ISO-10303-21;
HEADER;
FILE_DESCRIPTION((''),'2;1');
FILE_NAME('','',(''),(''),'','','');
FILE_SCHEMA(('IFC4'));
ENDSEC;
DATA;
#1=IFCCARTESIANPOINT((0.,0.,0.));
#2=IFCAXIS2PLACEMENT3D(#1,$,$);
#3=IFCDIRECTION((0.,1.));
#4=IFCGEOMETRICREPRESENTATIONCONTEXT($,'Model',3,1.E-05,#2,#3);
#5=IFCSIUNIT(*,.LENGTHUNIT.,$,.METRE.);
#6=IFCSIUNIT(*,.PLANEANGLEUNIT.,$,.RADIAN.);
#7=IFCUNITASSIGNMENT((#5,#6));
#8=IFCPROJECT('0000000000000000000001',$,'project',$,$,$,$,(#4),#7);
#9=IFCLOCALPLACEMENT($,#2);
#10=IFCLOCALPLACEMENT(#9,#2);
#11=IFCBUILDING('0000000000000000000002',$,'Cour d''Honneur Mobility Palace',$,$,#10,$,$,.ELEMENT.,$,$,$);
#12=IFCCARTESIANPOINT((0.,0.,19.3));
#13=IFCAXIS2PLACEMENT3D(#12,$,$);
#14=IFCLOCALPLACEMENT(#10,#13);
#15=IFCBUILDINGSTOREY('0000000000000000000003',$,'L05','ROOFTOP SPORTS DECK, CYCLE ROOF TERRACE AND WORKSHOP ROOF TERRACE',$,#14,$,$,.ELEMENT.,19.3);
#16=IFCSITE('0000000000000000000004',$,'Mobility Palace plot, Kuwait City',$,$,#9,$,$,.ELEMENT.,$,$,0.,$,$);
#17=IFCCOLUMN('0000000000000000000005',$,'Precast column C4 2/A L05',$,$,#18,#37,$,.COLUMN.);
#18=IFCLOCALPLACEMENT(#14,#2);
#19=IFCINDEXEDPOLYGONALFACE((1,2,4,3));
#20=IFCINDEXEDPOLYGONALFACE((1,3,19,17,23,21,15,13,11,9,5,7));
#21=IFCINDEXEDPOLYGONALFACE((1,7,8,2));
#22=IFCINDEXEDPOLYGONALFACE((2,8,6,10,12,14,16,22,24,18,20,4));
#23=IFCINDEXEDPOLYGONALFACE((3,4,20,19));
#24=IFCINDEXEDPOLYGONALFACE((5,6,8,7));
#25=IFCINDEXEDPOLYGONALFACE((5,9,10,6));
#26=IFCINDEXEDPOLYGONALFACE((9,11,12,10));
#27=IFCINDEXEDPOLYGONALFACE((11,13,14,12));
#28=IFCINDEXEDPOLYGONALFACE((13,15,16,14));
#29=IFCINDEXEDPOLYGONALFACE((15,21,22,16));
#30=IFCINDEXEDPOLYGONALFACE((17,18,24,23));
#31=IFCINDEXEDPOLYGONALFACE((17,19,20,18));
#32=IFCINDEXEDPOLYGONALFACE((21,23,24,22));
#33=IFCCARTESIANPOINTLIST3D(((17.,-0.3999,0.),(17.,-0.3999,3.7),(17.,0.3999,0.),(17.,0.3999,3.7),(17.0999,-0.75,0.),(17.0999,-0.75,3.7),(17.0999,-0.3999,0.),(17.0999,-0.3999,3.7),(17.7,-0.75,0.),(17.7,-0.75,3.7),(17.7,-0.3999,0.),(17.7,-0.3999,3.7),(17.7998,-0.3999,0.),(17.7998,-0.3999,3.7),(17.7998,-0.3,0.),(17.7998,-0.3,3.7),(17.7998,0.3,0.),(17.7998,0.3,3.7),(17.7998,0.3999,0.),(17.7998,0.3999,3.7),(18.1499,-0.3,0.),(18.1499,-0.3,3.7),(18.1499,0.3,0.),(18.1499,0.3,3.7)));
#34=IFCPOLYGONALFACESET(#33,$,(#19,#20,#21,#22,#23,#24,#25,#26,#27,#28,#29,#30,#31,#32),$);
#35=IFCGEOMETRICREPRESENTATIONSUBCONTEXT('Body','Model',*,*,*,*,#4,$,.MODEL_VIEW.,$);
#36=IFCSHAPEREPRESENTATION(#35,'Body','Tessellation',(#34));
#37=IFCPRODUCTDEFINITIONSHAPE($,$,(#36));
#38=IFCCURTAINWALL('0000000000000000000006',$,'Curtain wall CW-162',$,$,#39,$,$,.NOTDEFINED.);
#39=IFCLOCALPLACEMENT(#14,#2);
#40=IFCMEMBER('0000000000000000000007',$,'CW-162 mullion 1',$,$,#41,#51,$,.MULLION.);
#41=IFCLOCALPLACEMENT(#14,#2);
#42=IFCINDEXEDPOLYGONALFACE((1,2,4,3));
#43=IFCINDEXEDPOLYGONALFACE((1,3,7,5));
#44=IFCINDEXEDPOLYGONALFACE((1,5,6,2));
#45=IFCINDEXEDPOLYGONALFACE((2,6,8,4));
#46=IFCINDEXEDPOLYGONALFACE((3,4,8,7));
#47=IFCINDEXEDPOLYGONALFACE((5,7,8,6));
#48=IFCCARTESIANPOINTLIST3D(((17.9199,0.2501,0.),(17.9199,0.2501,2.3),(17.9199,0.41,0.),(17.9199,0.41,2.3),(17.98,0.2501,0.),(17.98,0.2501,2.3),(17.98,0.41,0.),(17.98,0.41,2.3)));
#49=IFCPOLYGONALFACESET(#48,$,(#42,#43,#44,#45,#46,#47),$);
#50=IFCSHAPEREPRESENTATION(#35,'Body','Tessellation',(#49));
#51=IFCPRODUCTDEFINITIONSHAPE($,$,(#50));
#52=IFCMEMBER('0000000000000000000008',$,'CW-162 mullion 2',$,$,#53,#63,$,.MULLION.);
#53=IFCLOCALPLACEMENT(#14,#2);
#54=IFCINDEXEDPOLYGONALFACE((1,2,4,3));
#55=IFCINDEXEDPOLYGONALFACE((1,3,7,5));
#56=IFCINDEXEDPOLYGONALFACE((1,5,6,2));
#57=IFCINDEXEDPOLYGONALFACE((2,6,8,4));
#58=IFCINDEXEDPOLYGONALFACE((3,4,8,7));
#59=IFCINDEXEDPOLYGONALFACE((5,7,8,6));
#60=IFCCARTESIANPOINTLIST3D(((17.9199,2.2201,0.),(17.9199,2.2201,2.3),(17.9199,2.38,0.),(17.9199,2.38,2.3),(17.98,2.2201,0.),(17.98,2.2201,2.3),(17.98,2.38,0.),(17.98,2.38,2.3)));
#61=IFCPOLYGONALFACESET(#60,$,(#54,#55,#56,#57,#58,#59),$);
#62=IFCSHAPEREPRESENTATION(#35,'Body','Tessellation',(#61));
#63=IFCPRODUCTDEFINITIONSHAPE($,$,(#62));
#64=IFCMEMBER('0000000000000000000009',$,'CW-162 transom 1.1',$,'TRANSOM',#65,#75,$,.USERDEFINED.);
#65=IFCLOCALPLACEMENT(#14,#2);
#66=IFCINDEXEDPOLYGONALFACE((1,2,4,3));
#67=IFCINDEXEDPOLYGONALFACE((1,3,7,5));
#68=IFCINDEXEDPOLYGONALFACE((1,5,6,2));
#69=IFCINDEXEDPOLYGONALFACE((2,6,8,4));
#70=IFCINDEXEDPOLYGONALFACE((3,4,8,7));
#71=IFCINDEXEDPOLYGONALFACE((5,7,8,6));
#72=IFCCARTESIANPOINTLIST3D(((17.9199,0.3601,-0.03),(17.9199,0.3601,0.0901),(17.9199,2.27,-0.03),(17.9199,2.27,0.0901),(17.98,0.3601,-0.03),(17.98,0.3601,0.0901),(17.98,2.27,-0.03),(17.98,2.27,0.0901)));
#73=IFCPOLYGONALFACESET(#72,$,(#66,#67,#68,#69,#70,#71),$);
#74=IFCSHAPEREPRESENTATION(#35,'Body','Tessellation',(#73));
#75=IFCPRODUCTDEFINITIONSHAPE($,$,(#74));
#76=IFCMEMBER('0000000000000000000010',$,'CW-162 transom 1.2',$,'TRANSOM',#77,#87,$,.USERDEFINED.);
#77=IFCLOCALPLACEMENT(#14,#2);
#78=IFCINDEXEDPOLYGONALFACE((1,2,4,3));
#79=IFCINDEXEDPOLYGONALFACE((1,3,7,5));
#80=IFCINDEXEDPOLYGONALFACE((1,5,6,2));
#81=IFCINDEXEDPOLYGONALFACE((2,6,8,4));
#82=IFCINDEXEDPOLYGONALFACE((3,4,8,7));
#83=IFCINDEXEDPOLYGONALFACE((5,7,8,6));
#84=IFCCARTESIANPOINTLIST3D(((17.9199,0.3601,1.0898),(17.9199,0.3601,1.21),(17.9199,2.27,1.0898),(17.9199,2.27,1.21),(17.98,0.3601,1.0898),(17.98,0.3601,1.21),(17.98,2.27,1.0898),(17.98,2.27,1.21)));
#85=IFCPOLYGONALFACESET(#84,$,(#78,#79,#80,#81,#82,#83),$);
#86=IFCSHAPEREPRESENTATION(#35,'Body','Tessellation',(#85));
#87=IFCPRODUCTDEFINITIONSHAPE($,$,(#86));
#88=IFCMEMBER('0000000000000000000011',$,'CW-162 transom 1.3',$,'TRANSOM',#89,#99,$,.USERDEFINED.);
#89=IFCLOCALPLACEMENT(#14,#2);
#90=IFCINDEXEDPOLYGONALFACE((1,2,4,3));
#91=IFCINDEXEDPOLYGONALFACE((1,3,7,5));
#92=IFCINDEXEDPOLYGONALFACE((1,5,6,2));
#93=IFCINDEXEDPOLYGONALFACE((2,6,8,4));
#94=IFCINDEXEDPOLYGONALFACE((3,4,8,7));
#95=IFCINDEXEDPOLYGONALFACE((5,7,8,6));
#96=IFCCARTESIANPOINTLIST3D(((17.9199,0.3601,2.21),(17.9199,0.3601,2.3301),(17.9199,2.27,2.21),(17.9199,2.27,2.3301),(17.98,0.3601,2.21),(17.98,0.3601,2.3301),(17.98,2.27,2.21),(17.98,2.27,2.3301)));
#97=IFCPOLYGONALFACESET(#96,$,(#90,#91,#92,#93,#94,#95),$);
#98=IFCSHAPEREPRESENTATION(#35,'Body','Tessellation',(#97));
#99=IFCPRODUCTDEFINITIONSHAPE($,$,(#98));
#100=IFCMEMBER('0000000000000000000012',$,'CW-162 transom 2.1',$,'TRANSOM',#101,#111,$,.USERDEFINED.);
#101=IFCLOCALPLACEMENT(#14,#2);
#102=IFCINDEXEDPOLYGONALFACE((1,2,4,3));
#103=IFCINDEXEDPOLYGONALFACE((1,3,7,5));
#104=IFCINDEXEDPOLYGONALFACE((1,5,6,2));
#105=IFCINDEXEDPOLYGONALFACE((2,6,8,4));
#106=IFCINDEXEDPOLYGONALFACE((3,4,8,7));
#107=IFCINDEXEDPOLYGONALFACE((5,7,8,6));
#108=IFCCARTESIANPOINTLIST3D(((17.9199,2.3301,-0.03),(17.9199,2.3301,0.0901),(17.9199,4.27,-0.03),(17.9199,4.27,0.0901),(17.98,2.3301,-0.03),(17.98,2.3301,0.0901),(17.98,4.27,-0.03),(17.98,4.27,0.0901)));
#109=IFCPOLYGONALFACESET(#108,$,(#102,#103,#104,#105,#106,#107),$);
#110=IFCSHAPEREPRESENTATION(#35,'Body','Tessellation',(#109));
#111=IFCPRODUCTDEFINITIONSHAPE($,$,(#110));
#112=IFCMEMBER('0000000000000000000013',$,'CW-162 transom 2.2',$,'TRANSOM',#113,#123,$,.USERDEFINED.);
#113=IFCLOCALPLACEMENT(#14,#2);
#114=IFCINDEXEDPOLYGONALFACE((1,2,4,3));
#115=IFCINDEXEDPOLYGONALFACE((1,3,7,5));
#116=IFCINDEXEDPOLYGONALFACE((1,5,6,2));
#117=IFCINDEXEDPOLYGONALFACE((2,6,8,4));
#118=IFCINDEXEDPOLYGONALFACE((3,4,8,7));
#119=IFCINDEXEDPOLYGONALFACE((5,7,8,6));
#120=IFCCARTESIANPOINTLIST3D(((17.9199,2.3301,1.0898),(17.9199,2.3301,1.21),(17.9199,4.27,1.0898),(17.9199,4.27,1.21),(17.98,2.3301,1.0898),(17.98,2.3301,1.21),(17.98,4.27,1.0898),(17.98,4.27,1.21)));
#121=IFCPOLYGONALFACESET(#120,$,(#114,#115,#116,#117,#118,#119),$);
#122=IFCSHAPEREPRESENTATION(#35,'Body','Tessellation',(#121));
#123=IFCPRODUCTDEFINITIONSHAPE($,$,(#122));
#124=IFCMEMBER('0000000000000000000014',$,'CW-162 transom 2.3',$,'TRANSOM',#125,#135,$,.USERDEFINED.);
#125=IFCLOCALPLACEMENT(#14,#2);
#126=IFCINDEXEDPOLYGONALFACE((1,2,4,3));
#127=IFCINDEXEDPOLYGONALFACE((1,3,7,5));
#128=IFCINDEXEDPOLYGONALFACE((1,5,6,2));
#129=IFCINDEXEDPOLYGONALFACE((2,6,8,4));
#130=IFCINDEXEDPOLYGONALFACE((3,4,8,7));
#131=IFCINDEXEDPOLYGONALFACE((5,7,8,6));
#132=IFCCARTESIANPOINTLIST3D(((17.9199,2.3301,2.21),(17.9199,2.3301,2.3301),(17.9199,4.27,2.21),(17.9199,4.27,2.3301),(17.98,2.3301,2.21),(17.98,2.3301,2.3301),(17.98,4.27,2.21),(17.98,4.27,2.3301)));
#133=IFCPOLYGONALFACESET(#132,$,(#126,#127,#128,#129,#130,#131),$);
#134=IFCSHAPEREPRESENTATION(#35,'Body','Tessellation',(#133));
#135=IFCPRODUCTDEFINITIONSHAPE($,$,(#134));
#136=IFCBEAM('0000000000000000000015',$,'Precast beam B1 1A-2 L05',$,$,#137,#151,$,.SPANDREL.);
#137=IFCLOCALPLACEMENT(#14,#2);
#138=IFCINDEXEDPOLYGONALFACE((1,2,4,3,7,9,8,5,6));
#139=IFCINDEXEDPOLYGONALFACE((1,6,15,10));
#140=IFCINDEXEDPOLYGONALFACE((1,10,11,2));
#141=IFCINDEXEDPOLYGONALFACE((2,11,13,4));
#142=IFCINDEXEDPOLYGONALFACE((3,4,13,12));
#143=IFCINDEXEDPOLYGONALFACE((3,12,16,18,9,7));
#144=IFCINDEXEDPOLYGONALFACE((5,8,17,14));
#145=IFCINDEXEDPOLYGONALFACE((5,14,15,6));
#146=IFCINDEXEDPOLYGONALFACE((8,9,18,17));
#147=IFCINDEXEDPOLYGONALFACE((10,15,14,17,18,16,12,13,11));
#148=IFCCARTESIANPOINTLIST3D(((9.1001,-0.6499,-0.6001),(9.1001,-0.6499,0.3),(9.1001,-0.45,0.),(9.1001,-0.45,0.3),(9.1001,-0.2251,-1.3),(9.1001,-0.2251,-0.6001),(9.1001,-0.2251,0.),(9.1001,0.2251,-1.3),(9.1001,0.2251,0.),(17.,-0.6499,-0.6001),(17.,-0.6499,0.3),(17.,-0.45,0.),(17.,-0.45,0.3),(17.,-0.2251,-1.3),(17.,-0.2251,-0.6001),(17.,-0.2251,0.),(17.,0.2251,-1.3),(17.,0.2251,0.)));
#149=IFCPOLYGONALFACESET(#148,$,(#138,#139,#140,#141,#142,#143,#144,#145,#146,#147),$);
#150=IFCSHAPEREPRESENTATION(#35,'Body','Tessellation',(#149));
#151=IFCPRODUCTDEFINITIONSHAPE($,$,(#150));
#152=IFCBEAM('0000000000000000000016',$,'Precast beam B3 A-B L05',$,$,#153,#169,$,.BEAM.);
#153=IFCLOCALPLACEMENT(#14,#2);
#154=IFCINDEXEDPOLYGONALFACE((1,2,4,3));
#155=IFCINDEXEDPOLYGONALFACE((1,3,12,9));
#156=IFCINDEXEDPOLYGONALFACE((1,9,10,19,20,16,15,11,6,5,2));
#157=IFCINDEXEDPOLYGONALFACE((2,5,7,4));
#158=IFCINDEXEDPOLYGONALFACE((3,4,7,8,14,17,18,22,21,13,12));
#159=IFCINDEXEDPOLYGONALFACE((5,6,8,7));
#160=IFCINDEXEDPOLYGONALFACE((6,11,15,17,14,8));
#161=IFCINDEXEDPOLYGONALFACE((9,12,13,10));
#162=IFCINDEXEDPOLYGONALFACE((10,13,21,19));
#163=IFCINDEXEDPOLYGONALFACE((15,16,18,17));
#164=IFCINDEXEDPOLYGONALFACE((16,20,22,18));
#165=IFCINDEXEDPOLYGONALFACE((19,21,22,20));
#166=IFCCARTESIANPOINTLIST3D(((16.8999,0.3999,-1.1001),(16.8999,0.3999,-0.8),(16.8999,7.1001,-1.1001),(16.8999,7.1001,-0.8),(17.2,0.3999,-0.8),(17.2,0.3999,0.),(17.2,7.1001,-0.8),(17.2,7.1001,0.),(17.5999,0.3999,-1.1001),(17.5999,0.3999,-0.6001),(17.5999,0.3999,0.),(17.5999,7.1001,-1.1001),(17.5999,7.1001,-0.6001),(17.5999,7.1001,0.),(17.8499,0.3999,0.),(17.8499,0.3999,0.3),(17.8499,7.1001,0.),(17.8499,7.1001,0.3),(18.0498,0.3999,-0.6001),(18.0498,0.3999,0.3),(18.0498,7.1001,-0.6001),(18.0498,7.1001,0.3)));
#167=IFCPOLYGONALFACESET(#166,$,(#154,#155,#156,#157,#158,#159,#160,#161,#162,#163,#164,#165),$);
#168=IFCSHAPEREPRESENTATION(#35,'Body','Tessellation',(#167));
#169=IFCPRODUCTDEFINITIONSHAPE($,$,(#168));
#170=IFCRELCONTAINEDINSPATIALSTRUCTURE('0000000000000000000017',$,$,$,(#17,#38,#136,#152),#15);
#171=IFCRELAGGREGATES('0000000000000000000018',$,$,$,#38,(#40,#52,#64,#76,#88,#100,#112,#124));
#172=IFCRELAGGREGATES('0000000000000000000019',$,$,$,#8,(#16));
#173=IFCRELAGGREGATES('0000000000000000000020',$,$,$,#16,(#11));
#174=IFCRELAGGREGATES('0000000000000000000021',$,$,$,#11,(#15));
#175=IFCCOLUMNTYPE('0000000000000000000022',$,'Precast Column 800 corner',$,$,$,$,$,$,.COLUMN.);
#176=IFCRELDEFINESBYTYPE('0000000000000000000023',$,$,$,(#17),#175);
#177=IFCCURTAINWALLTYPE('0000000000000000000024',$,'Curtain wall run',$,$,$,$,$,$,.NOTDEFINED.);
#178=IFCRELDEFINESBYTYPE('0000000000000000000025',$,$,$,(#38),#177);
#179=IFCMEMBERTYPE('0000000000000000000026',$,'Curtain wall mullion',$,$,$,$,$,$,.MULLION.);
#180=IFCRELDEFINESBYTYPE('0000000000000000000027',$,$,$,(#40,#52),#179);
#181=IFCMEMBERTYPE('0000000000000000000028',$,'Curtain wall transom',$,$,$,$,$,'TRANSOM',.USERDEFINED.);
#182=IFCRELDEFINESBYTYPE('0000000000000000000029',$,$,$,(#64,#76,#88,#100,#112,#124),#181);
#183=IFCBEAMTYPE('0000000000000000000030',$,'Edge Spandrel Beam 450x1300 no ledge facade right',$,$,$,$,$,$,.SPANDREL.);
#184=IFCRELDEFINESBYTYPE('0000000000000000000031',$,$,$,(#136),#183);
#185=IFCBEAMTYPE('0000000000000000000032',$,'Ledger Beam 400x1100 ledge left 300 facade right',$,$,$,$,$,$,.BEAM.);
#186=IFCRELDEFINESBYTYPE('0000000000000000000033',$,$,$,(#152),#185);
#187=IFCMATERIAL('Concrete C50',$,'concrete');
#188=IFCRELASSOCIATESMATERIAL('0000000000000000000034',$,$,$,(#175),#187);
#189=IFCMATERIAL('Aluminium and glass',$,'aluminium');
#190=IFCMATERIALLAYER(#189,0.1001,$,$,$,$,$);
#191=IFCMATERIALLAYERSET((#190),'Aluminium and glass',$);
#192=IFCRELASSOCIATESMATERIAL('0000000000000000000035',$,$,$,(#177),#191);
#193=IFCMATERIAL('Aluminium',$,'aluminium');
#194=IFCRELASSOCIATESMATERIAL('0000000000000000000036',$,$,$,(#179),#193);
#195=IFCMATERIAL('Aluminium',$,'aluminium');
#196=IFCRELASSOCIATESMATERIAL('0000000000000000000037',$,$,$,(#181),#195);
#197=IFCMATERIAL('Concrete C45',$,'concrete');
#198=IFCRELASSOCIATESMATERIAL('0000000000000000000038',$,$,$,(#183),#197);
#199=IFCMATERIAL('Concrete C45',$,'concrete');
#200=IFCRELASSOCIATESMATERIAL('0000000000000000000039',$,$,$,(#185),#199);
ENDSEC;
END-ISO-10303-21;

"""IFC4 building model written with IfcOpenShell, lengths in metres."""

from ifc_helpers import new_model, si_unit, direction, frame, origin, origin_2d, place, context, subcontext, project, spatial, polyline, rectangle, outline, extrude, material, layer, layer_set, material_profile, profile_set, type_object, element, aggregate, save


model = new_model("IFC4")

# Units and contexts
model_context = context("Model", 3, precision=1e-05, world=origin(), true_north=direction((0.0, 1.0)))
body_context = subcontext(model_context, "Body", "Model", "MODEL_VIEW")
ifc_project = project(units=[si_unit("LENGTHUNIT", "METRE"), si_unit("PLANEANGLEUNIT", "RADIAN")], contexts=[model_context])

# Site, building, storey
site_placement = place(None, origin())
site = spatial("IfcSite", under=ifc_project, at=site_placement, Name="Mobility Palace plot, Kuwait City", CompositionType="ELEMENT", RefElevation=0.0)
building_placement = place(site_placement, origin())
building = spatial("IfcBuilding", under=site, at=building_placement, Name="Cour d'Honneur Mobility Palace", CompositionType="ELEMENT")
storey_placement = place(building_placement, frame((0.0, 0.0, 19.3)))
storey = spatial("IfcBuildingStorey", under=building, at=storey_placement, Name="L05", Description="ROOFTOP SPORTS DECK, CYCLE ROOF TERRACE AND WORKSHOP ROOF TERRACE", CompositionType="ELEMENT", Elevation=19.3)

# Column
ifc_material_1 = material(Name="Concrete C50", Category="concrete")
ifc_material_profile_1 = material_profile(ifc_material_1, outline(polyline([(-0.3999, -0.3999), (0.3999, -0.3999), (0.3999, -0.3), (0.75, -0.3), (0.75, 0.3), (0.3999, 0.3), (0.3999, 0.3999), (0.3, 0.3999), (0.3, 0.75), (-0.3, 0.75), (-0.3, 0.3999), (-0.3999, 0.3999), (-0.3999, -0.3999)])), Name="PC C800 corner")
ifc_profile_set_1 = profile_set([ifc_material_profile_1], Name="Concrete C50")
column_type = type_object("IfcColumnType", Name="Precast Column 800 corner", PredefinedType="COLUMN", material=ifc_profile_set_1)
column_placement = place(storey_placement, frame((17.3999, 0.0, 0.0), z_axis=(0.0, 0.0, 1.0), x_axis=(0.0, -1.0, 0.0)))
element("IfcColumn", 1, at=column_placement, inside=storey, type_object=column_type, Name="Precast column C4 2/A L05", PredefinedType="COLUMN", context=body_context, shape_type="SweptSolid", body=[
    extrude(outline(polyline([(-0.3999, -0.3999), (0.3999, -0.3999), (0.3999, -0.3), (0.75, -0.3), (0.75, 0.3), (0.3999, 0.3), (0.3999, 0.3999), (0.3, 0.3999), (0.3, 0.75), (-0.3, 0.75), (-0.3, 0.3999), (-0.3999, 0.3999), (-0.3999, -0.3999)])), origin(), (0.0, 0.0, 1.0), 3.7),
])

# Curtain wall, members
ifc_material_2 = material(Name="Aluminium and glass", Category="aluminium")
ifc_layer_1 = layer(ifc_material_2, 0.1001)
ifc_layer_set_1 = layer_set([ifc_layer_1], Name="Aluminium and glass")
curtain_wall_type = type_object("IfcCurtainWallType", Name="Curtain wall run", PredefinedType="NOTDEFINED", material=ifc_layer_set_1)
curtain_wall_placement = place(storey_placement, origin())
curtain_wall = element("IfcCurtainWall", 2, at=curtain_wall_placement, inside=storey, type_object=curtain_wall_type, Name="Curtain wall CW-162", PredefinedType="NOTDEFINED")
ifc_material_3 = material(Name="Aluminium", Category="aluminium")
ifc_material_profile_2 = material_profile(ifc_material_3, rectangle(XDim=0.0601, YDim=0.1599, at=origin_2d()), Name="Curtain wall mullion")
ifc_profile_set_2 = profile_set([ifc_material_profile_2], Name="Aluminium")
member_type_1 = type_object("IfcMemberType", Name="Curtain wall mullion", PredefinedType="MULLION", material=ifc_profile_set_2)
member_1_placement = place(storey_placement, frame((17.95, 0.3301, 0.0), z_axis=(0.0, 0.0, 1.0), x_axis=(-1.0, 0.0, 0.0)))
member_1 = element("IfcMember", 3, at=member_1_placement, type_object=member_type_1, Name="CW-162 mullion 1", PredefinedType="MULLION", context=body_context, shape_type="SweptSolid", body=[
    extrude(rectangle(XDim=0.0601, YDim=0.1599, at=origin_2d()), origin(), (0.0, 0.0, 1.0), 2.3),
])
member_2_placement = place(storey_placement, frame((17.95, 2.3, 0.0), z_axis=(0.0, 0.0, 1.0), x_axis=(-1.0, 0.0, 0.0)))
member_2 = element("IfcMember", 4, at=member_2_placement, type_object=member_type_1, Name="CW-162 mullion 2", PredefinedType="MULLION", context=body_context, shape_type="SweptSolid", body=[
    extrude(rectangle(XDim=0.0601, YDim=0.1599, at=origin_2d()), origin(), (0.0, 0.0, 1.0), 2.3),
])
ifc_material_4 = material(Name="Aluminium", Category="aluminium")
ifc_material_profile_3 = material_profile(ifc_material_4, rectangle(XDim=0.0601, YDim=0.1201, at=origin_2d()), Name="Curtain wall transom")
ifc_profile_set_3 = profile_set([ifc_material_profile_3], Name="Aluminium")
member_type_2 = type_object("IfcMemberType", Name="Curtain wall transom", ElementType="TRANSOM", PredefinedType="USERDEFINED", material=ifc_profile_set_3)
member_3_placement = place(storey_placement, frame((17.95, 0.3601, 0.03), z_axis=(0.0, 1.0, 0.0), x_axis=(-1.0, 0.0, 0.0)))
member_3 = element("IfcMember", 5, at=member_3_placement, type_object=member_type_2, Name="CW-162 transom 1.1", ObjectType="TRANSOM", PredefinedType="USERDEFINED", context=body_context, shape_type="SweptSolid", body=[
    extrude(rectangle(XDim=0.0601, YDim=0.1201, at=origin_2d()), origin(), (0.0, 0.0, 1.0), 1.9099),
])
member_4_placement = place(storey_placement, frame((17.95, 0.3601, 1.1499), z_axis=(0.0, 1.0, 0.0), x_axis=(-1.0, 0.0, 0.0)))
member_4 = element("IfcMember", 6, at=member_4_placement, type_object=member_type_2, Name="CW-162 transom 1.2", ObjectType="TRANSOM", PredefinedType="USERDEFINED", context=body_context, shape_type="SweptSolid", body=[
    extrude(rectangle(XDim=0.0601, YDim=0.1201, at=origin_2d()), origin(), (0.0, 0.0, 1.0), 1.9099),
])
member_5_placement = place(storey_placement, frame((17.95, 0.3601, 2.27), z_axis=(0.0, 1.0, 0.0), x_axis=(-1.0, 0.0, 0.0)))
member_5 = element("IfcMember", 7, at=member_5_placement, type_object=member_type_2, Name="CW-162 transom 1.3", ObjectType="TRANSOM", PredefinedType="USERDEFINED", context=body_context, shape_type="SweptSolid", body=[
    extrude(rectangle(XDim=0.0601, YDim=0.1201, at=origin_2d()), origin(), (0.0, 0.0, 1.0), 1.9099),
])
member_6_placement = place(storey_placement, frame((17.95, 2.3301, 0.03), z_axis=(0.0, 1.0, 0.0), x_axis=(-1.0, 0.0, 0.0)))
member_6 = element("IfcMember", 8, at=member_6_placement, type_object=member_type_2, Name="CW-162 transom 2.1", ObjectType="TRANSOM", PredefinedType="USERDEFINED", context=body_context, shape_type="SweptSolid", body=[
    extrude(rectangle(XDim=0.0601, YDim=0.1201, at=origin_2d()), origin(), (0.0, 0.0, 1.0), 1.9399),
])
member_7_placement = place(storey_placement, frame((17.95, 2.3301, 1.1499), z_axis=(0.0, 1.0, 0.0), x_axis=(-1.0, 0.0, 0.0)))
member_7 = element("IfcMember", 9, at=member_7_placement, type_object=member_type_2, Name="CW-162 transom 2.2", ObjectType="TRANSOM", PredefinedType="USERDEFINED", context=body_context, shape_type="SweptSolid", body=[
    extrude(rectangle(XDim=0.0601, YDim=0.1201, at=origin_2d()), origin(), (0.0, 0.0, 1.0), 1.9399),
])
member_8_placement = place(storey_placement, frame((17.95, 2.3301, 2.27), z_axis=(0.0, 1.0, 0.0), x_axis=(-1.0, 0.0, 0.0)))
member_8 = element("IfcMember", 10, at=member_8_placement, type_object=member_type_2, Name="CW-162 transom 2.3", ObjectType="TRANSOM", PredefinedType="USERDEFINED", context=body_context, shape_type="SweptSolid", body=[
    extrude(rectangle(XDim=0.0601, YDim=0.1201, at=origin_2d()), origin(), (0.0, 0.0, 1.0), 1.9399),
])

# Beams
ifc_material_5 = material(Name="Concrete C45", Category="concrete")
ifc_material_profile_4 = material_profile(ifc_material_5, outline(polyline([(0.2251, -1.3), (0.2251, 0.0), (-0.2251, 0.0), (-0.45, 0.0), (-0.45, 0.3), (-0.6499, 0.3), (-0.6499, -0.6001), (-0.2251, -0.6001), (-0.2251, -1.3), (0.2251, -1.3)])), Name="Edge Spandrel Beam 450x1300 no ledge facade right")
ifc_profile_set_4 = profile_set([ifc_material_profile_4], Name="Concrete C45")
beam_type_1 = type_object("IfcBeamType", Name="Edge Spandrel Beam 450x1300 no ledge facade right", PredefinedType="SPANDREL", material=ifc_profile_set_4)
beam_1_placement = place(storey_placement, frame((9.1001, 0.0, 0.0), z_axis=(1.0, 0.0, 0.0), x_axis=(0.0, 1.0, 0.0)))
element("IfcBeam", 11, at=beam_1_placement, inside=storey, type_object=beam_type_1, Name="Precast beam B1 1A-2 L05", PredefinedType="SPANDREL", context=body_context, shape_type="SweptSolid", body=[
    extrude(outline(polyline([(0.2251, -1.3), (0.2251, 0.0), (-0.2251, 0.0), (-0.45, 0.0), (-0.45, 0.3), (-0.6499, 0.3), (-0.6499, -0.6001), (-0.2251, -0.6001), (-0.2251, -1.3), (0.2251, -1.3)])), origin(), (0.0, 0.0, 1.0), 7.8999),
])
ifc_material_6 = material(Name="Concrete C45", Category="concrete")
ifc_material_profile_5 = material_profile(ifc_material_6, outline(polyline([(0.5, -1.1001), (0.5, -0.8), (0.2, -0.8), (0.2, 0.0), (-0.2, 0.0), (-0.45, 0.0), (-0.45, 0.3), (-0.6499, 0.3), (-0.6499, -0.6001), (-0.2, -0.6001), (-0.2, -1.1001), (0.5, -1.1001)])), Name="Ledger Beam 400x1100 ledge left 300 facade right")
ifc_profile_set_5 = profile_set([ifc_material_profile_5], Name="Concrete C45")
beam_type_2 = type_object("IfcBeamType", Name="Ledger Beam 400x1100 ledge left 300 facade right", PredefinedType="BEAM", material=ifc_profile_set_5)
beam_2_placement = place(storey_placement, frame((17.3999, 0.3999, 0.0), z_axis=(0.0, 1.0, 0.0), x_axis=(-1.0, 0.0, 0.0)))
element("IfcBeam", 12, at=beam_2_placement, inside=storey, type_object=beam_type_2, Name="Precast beam B3 A-B L05", PredefinedType="BEAM", context=body_context, shape_type="SweptSolid", body=[
    extrude(outline(polyline([(0.5, -1.1001), (0.5, -0.8), (0.2, -0.8), (0.2, 0.0), (-0.2, 0.0), (-0.45, 0.0), (-0.45, 0.3), (-0.6499, 0.3), (-0.6499, -0.6001), (-0.2, -0.6001), (-0.2, -1.1001), (0.5, -1.1001)])), origin(), (0.0, 0.0, 1.0), 6.7002),
])

aggregate(curtain_wall, [member_1, member_2, member_3, member_4, member_5, member_6, member_7, member_8])

save(model, "model.ifc")
